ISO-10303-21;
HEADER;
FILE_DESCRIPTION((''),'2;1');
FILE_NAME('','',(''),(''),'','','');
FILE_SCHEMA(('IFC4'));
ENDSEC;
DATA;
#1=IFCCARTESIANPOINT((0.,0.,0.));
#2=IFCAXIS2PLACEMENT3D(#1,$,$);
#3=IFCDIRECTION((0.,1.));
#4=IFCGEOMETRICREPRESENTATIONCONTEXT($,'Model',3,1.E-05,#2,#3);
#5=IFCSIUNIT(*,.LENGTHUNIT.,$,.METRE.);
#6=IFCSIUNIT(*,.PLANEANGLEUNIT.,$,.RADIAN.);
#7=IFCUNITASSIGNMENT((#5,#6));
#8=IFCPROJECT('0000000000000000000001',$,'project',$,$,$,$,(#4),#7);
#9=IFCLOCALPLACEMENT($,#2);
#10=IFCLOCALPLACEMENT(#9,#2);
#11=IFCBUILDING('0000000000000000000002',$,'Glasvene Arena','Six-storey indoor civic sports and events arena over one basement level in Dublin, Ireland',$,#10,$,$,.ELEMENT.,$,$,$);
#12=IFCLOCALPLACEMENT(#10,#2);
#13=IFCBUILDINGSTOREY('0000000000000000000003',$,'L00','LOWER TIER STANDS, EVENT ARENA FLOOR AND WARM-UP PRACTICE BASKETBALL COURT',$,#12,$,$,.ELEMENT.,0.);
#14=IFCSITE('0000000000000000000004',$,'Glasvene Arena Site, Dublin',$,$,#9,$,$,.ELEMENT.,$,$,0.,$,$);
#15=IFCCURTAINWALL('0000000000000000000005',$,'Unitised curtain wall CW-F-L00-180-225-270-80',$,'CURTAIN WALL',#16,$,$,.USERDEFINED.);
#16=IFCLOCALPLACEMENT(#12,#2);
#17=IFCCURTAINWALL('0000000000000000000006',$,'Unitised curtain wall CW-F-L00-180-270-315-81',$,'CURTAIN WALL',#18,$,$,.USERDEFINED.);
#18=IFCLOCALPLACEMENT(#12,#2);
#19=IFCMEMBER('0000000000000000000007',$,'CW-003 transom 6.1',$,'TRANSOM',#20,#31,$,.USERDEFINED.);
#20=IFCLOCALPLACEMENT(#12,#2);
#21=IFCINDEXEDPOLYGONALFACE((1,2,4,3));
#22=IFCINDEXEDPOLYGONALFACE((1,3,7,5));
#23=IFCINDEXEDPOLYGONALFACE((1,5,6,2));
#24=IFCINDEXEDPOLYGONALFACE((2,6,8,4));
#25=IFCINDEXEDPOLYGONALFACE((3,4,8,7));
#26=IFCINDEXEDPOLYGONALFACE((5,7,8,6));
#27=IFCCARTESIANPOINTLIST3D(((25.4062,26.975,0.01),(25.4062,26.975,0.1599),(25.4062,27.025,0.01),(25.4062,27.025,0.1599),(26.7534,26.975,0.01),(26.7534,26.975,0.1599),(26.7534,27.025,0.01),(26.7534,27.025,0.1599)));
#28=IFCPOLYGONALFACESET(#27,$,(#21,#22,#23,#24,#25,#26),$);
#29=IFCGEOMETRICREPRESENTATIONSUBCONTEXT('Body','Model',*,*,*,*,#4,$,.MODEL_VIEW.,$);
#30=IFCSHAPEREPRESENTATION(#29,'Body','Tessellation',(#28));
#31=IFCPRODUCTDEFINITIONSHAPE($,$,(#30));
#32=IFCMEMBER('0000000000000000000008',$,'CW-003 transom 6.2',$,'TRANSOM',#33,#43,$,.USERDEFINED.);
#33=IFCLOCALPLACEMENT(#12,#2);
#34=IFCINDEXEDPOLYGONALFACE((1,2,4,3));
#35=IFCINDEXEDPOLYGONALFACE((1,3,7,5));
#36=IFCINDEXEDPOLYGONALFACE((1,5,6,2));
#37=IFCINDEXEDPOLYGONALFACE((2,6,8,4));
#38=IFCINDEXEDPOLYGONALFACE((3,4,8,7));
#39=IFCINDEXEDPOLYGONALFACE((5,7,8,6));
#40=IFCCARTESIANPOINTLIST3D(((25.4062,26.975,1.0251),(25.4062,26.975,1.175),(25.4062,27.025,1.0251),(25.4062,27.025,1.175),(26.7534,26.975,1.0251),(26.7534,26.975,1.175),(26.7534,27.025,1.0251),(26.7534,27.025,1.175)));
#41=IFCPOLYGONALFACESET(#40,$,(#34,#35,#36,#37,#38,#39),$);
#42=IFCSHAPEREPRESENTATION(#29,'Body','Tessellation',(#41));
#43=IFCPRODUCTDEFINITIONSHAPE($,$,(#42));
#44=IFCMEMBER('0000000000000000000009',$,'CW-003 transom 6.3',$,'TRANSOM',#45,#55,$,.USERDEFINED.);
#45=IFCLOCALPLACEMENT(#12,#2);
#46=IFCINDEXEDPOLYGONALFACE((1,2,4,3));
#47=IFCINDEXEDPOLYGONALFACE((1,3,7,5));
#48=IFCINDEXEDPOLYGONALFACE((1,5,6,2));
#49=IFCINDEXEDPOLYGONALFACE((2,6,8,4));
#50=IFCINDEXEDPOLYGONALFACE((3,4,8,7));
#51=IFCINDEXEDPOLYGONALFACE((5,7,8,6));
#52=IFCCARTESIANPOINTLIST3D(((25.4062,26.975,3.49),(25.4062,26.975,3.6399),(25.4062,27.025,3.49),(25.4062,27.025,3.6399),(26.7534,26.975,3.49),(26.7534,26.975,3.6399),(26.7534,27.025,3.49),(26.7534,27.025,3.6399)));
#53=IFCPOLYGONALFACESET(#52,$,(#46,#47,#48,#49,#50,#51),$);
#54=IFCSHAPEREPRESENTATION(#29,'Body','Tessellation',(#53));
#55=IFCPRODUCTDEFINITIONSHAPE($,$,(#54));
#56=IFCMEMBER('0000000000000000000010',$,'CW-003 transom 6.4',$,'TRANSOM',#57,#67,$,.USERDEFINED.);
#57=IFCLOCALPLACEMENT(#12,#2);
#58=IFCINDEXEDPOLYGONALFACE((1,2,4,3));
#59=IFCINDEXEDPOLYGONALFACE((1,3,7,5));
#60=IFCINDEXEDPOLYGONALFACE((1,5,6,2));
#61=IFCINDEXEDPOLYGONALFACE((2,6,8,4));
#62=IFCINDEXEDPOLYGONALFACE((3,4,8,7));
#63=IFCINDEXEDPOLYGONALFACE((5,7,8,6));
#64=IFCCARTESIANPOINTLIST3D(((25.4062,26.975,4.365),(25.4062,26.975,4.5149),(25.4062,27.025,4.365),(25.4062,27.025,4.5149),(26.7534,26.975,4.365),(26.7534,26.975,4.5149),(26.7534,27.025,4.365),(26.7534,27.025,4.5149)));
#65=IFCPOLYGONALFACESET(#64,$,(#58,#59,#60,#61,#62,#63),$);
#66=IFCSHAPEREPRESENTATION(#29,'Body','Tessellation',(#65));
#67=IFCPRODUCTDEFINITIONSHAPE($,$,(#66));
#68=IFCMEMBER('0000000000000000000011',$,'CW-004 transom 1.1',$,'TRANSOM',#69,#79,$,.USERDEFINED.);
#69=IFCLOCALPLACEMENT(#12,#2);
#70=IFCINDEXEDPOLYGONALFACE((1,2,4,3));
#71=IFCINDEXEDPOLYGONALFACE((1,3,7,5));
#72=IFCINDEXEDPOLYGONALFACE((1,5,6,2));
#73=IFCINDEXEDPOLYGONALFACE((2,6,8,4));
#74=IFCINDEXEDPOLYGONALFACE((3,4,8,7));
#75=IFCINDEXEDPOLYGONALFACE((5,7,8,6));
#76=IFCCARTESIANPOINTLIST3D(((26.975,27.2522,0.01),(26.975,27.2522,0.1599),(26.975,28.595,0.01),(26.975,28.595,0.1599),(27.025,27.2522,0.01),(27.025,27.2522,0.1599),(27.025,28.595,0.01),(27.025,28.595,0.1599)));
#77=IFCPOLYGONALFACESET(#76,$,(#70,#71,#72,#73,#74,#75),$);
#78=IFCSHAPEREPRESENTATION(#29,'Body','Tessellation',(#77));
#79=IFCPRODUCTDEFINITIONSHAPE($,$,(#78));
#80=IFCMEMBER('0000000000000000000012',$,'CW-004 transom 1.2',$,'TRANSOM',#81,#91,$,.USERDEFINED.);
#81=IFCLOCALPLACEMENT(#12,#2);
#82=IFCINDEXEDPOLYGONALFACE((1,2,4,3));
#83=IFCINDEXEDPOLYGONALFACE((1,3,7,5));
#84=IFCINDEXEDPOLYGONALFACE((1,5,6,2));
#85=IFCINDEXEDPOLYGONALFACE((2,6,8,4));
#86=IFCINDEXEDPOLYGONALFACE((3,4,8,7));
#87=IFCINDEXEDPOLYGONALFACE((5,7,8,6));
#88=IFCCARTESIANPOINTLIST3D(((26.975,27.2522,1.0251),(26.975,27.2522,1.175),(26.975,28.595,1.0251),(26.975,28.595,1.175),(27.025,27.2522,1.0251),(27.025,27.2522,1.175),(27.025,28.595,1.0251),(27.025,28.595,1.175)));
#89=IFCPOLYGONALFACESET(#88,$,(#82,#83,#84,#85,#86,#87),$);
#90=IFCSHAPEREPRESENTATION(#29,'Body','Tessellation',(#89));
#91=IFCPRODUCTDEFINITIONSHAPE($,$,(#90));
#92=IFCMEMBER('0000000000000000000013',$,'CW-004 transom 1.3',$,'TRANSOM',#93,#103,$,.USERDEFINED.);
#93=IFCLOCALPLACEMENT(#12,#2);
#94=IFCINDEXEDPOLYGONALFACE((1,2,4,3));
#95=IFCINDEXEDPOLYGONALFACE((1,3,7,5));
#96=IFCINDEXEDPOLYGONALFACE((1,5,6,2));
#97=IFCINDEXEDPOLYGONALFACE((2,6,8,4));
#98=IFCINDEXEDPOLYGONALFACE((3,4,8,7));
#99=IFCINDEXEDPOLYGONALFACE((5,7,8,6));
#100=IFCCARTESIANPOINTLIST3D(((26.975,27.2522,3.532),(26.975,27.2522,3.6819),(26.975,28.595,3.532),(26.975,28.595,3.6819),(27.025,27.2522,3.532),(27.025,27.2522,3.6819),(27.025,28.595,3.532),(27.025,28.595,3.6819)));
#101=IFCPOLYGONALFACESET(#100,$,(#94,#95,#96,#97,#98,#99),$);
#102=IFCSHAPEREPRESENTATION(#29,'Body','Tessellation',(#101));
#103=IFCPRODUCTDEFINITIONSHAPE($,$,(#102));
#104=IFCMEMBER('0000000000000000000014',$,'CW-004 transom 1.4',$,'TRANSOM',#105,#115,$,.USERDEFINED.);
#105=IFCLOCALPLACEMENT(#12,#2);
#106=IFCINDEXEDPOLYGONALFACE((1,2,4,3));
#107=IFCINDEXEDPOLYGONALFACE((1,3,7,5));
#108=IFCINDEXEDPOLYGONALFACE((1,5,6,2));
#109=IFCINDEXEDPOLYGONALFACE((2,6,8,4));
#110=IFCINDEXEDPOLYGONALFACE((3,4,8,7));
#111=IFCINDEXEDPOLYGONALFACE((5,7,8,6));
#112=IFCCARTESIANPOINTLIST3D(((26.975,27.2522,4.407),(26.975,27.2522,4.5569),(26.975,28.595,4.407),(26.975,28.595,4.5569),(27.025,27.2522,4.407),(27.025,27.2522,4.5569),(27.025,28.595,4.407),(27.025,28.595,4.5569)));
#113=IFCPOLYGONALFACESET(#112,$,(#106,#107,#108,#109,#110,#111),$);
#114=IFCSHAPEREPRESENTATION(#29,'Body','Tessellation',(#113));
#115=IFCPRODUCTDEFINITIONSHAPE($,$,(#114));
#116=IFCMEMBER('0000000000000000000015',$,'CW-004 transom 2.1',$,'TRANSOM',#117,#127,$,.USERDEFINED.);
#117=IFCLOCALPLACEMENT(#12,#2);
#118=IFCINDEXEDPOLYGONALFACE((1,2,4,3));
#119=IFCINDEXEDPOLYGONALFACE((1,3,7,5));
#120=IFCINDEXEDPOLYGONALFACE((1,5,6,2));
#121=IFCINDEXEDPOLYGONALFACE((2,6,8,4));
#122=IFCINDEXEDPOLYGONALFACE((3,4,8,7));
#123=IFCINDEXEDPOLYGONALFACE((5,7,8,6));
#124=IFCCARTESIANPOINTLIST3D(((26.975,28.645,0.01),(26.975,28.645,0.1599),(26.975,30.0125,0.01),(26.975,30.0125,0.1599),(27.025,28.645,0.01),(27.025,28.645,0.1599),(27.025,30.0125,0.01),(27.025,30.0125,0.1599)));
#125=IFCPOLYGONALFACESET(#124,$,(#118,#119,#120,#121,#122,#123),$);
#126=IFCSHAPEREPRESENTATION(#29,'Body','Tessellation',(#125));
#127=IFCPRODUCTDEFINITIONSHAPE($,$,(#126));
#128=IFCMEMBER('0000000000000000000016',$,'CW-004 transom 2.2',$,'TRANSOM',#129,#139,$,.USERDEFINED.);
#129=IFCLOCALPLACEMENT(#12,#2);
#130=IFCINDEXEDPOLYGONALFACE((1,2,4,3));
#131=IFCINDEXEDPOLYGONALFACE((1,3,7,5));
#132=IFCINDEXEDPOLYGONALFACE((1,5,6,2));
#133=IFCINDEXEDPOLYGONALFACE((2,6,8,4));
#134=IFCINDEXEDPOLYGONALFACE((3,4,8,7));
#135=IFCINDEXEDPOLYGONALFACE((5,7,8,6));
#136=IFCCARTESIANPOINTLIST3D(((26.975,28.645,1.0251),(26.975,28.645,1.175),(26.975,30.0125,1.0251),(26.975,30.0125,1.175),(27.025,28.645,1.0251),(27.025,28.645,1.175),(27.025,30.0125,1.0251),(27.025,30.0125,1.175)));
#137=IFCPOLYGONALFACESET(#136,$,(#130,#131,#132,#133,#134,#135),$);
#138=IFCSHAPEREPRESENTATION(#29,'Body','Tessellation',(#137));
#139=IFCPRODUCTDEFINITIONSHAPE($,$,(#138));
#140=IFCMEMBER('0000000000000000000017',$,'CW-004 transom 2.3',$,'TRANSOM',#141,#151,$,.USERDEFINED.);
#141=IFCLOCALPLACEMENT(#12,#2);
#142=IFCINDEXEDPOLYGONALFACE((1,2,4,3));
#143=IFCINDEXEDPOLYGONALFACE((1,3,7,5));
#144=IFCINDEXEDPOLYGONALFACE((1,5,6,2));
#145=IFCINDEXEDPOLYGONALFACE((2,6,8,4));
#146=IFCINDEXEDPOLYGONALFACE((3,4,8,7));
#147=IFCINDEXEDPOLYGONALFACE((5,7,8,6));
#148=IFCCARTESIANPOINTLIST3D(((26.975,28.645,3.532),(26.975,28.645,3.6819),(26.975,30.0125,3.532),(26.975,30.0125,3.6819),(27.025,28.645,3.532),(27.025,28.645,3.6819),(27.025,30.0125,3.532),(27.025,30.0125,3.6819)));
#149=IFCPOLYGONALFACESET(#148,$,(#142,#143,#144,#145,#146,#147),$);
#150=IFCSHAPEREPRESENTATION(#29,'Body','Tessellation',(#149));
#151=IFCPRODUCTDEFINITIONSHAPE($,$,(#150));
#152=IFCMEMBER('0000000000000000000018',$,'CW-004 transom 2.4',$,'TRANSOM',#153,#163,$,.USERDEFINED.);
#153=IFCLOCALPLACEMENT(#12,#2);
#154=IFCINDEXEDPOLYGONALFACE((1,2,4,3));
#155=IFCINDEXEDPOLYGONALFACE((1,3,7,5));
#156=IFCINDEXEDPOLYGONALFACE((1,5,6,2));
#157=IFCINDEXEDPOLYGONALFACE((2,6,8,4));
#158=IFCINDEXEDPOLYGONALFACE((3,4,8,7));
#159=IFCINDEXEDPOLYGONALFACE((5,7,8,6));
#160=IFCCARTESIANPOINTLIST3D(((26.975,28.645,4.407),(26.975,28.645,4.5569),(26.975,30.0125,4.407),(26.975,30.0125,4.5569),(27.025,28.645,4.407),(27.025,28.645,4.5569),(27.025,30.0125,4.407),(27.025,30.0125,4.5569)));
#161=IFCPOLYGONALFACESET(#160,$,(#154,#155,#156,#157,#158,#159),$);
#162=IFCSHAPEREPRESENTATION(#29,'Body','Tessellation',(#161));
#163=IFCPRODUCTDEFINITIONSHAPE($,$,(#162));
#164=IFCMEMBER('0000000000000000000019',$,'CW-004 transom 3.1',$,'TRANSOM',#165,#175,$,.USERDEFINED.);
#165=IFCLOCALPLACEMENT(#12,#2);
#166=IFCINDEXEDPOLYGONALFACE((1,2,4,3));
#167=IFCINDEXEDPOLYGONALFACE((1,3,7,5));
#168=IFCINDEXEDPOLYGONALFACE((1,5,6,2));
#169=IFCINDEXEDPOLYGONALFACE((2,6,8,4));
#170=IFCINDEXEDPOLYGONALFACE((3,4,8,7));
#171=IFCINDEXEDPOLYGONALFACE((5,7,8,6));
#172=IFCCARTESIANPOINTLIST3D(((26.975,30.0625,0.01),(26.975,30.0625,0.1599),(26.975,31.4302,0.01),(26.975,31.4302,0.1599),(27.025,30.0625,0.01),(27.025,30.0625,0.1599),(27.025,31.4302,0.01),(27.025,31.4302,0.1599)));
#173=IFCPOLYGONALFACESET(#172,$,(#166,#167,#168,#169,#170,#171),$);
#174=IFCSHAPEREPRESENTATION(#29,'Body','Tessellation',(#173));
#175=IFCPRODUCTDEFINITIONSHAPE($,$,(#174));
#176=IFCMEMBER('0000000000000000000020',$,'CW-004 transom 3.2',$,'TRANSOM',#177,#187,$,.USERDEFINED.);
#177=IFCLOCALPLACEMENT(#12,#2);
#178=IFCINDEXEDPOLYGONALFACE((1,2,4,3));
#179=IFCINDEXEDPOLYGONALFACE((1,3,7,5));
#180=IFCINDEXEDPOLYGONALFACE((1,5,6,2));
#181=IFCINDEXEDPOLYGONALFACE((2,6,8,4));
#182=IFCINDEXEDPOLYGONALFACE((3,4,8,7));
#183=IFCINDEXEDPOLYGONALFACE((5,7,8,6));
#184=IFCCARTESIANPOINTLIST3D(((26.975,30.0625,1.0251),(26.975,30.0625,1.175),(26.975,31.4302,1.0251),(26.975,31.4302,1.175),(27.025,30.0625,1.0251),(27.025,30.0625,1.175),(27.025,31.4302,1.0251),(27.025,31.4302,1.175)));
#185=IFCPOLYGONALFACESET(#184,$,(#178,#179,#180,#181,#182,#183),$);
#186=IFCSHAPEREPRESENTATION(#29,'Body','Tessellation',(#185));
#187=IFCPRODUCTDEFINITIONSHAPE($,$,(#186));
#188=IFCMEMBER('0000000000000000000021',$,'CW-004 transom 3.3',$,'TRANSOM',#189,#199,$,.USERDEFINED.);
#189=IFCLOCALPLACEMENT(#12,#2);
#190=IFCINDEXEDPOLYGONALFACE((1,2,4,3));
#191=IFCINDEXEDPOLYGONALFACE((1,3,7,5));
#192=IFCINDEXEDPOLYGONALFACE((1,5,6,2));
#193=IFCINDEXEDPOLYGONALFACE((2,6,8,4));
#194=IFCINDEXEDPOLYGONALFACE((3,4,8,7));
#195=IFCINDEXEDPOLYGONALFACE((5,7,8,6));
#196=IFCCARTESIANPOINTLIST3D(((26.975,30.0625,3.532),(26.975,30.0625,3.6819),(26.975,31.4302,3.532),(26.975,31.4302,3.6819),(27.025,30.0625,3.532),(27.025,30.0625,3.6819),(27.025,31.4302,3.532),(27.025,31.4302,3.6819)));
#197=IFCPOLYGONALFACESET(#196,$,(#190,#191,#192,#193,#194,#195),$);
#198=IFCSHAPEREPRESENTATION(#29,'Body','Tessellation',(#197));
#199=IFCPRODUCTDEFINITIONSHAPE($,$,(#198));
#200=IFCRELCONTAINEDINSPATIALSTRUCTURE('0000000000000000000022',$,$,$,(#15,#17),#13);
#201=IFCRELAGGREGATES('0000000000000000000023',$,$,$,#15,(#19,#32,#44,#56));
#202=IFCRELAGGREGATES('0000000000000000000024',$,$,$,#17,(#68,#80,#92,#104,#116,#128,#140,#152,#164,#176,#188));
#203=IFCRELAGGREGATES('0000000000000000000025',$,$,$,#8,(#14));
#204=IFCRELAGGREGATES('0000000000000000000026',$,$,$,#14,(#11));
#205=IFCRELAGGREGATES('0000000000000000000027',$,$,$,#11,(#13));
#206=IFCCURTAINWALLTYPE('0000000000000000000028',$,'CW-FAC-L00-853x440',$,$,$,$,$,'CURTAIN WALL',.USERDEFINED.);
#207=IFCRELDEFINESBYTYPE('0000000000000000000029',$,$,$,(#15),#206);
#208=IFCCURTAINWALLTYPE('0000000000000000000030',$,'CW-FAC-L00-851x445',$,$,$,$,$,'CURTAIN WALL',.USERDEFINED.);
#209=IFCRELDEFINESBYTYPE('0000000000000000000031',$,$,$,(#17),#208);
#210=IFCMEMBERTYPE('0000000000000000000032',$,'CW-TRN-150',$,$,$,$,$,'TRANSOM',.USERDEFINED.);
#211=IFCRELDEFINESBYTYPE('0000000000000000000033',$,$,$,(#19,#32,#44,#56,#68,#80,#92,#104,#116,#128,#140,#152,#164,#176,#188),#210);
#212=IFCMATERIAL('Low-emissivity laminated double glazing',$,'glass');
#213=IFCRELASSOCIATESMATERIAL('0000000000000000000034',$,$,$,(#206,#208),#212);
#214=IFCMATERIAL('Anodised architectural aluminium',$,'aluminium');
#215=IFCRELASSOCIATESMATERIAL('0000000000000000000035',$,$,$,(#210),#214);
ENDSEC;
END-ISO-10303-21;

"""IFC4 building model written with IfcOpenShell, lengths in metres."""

from ifc_helpers import new_model, si_unit, direction, frame, origin, origin_2d, place, context, subcontext, project, spatial, rectangle, extrude, material, material_profile, profile_set, type_object, element, aggregate, save


model = new_model("IFC4")

# Units and contexts
model_context = context("Model", 3, precision=1e-05, world=origin(), true_north=direction((0.0, 1.0)))
body_context = subcontext(model_context, "Body", "Model", "MODEL_VIEW")
ifc_project = project(units=[si_unit("LENGTHUNIT", "METRE"), si_unit("PLANEANGLEUNIT", "RADIAN")], contexts=[model_context])

# Site, building, storey
site_placement = place(None, origin())
site = spatial("IfcSite", under=ifc_project, at=site_placement, Name="Glasvene Arena Site, Dublin", CompositionType="ELEMENT", RefElevation=0.0)
building_placement = place(site_placement, origin())
building = spatial("IfcBuilding", under=site, at=building_placement, Name="Glasvene Arena", Description="Six-storey indoor civic sports and events arena over one basement level in Dublin, Ireland", CompositionType="ELEMENT")
storey_placement = place(building_placement, origin())
storey = spatial("IfcBuildingStorey", under=building, at=storey_placement, Name="L00", Description="LOWER TIER STANDS, EVENT ARENA FLOOR AND WARM-UP PRACTICE BASKETBALL COURT", CompositionType="ELEMENT", Elevation=0.0)

# Curtain walls
ifc_material_1 = material(Name="Low-emissivity laminated double glazing", Category="glass")
curtain_wall_type_1 = type_object("IfcCurtainWallType", Name="CW-FAC-L00-853x440", ElementType="CURTAIN WALL", PredefinedType="USERDEFINED", material=ifc_material_1)
curtain_wall_1_placement = place(storey_placement, frame((18.2705, 27.0, 0.0)))
curtain_wall_1 = element("IfcCurtainWall", 1, at=curtain_wall_1_placement, inside=storey, type_object=curtain_wall_type_1, Name="Unitised curtain wall CW-F-L00-180-225-270-80", ObjectType="CURTAIN WALL", PredefinedType="USERDEFINED")
ifc_material_2 = material(Name="Anodised architectural aluminium", Category="aluminium")
curtain_wall_type_2 = type_object("IfcCurtainWallType", Name="CW-FAC-L00-851x445", ElementType="CURTAIN WALL", PredefinedType="USERDEFINED", material=ifc_material_1)
curtain_wall_2_placement = place(storey_placement, frame((27.0, 27.2024, 0.0)))
curtain_wall_2 = element("IfcCurtainWall", 2, at=curtain_wall_2_placement, inside=storey, type_object=curtain_wall_type_2, Name="Unitised curtain wall CW-F-L00-180-270-315-81", ObjectType="CURTAIN WALL", PredefinedType="USERDEFINED")

# Members
ifc_material_profile_1 = material_profile(ifc_material_2, rectangle(XDim=0.05, YDim=0.1499, at=origin_2d()), Name="ALU TRANSOM 50x150")
ifc_profile_set_1 = profile_set([ifc_material_profile_1], Name="Anodised architectural aluminium")
member_type_1 = type_object("IfcMemberType", Name="CW-TRN-150", ElementType="TRANSOM", PredefinedType="USERDEFINED", material=ifc_profile_set_1)
member_1_placement = place(storey_placement, frame((25.4062, 27.0, 0.085), z_axis=(1.0, 0.0, 0.0), x_axis=(0.0, 1.0, 0.0)))
member_1 = element("IfcMember", 3, at=member_1_placement, type_object=member_type_1, Name="CW-003 transom 6.1", ObjectType="TRANSOM", PredefinedType="USERDEFINED", context=body_context, shape_type="SweptSolid", body=[
    extrude(rectangle(XDim=0.05, YDim=0.1499, at=origin_2d()), origin(), (0.0, 0.0, 1.0), 1.3472),
])
member_2_placement = place(storey_placement, frame((25.4062, 27.0, 1.1001), z_axis=(1.0, 0.0, 0.0), x_axis=(0.0, 1.0, 0.0)))
member_2 = element("IfcMember", 4, at=member_2_placement, type_object=member_type_1, Name="CW-003 transom 6.2", ObjectType="TRANSOM", PredefinedType="USERDEFINED", context=body_context, shape_type="SweptSolid", body=[
    extrude(rectangle(XDim=0.05, YDim=0.1499, at=origin_2d()), origin(), (0.0, 0.0, 1.0), 1.3472),
])
member_3_placement = place(storey_placement, frame((25.4062, 27.0, 3.5649), z_axis=(1.0, 0.0, 0.0), x_axis=(0.0, 1.0, 0.0)))
member_3 = element("IfcMember", 5, at=member_3_placement, type_object=member_type_1, Name="CW-003 transom 6.3", ObjectType="TRANSOM", PredefinedType="USERDEFINED", context=body_context, shape_type="SweptSolid", body=[
    extrude(rectangle(XDim=0.05, YDim=0.1499, at=origin_2d()), origin(), (0.0, 0.0, 1.0), 1.3472),
])
member_4_placement = place(storey_placement, frame((25.4062, 27.0, 4.4399), z_axis=(1.0, 0.0, 0.0), x_axis=(0.0, 1.0, 0.0)))
member_4 = element("IfcMember", 6, at=member_4_placement, type_object=member_type_1, Name="CW-003 transom 6.4", ObjectType="TRANSOM", PredefinedType="USERDEFINED", context=body_context, shape_type="SweptSolid", body=[
    extrude(rectangle(XDim=0.05, YDim=0.1499, at=origin_2d()), origin(), (0.0, 0.0, 1.0), 1.3472),
])
member_5_placement = place(storey_placement, frame((27.0, 27.2522, 0.085), z_axis=(0.0, 1.0, 0.0), x_axis=(-1.0, 0.0, 0.0)))
member_5 = element("IfcMember", 7, at=member_5_placement, type_object=member_type_1, Name="CW-004 transom 1.1", ObjectType="TRANSOM", PredefinedType="USERDEFINED", context=body_context, shape_type="SweptSolid", body=[
    extrude(rectangle(XDim=0.05, YDim=0.1499, at=origin_2d()), origin(), (0.0, 0.0, 1.0), 1.3428),
])
member_6_placement = place(storey_placement, frame((27.0, 27.2522, 1.1001), z_axis=(0.0, 1.0, 0.0), x_axis=(-1.0, 0.0, 0.0)))
member_6 = element("IfcMember", 8, at=member_6_placement, type_object=member_type_1, Name="CW-004 transom 1.2", ObjectType="TRANSOM", PredefinedType="USERDEFINED", context=body_context, shape_type="SweptSolid", body=[
    extrude(rectangle(XDim=0.05, YDim=0.1499, at=origin_2d()), origin(), (0.0, 0.0, 1.0), 1.3428),
])
member_7_placement = place(storey_placement, frame((27.0, 27.2522, 3.6069), z_axis=(0.0, 1.0, 0.0), x_axis=(-1.0, 0.0, 0.0)))
member_7 = element("IfcMember", 9, at=member_7_placement, type_object=member_type_1, Name="CW-004 transom 1.3", ObjectType="TRANSOM", PredefinedType="USERDEFINED", context=body_context, shape_type="SweptSolid", body=[
    extrude(rectangle(XDim=0.05, YDim=0.1499, at=origin_2d()), origin(), (0.0, 0.0, 1.0), 1.3428),
])
member_8_placement = place(storey_placement, frame((27.0, 27.2522, 4.4819), z_axis=(0.0, 1.0, 0.0), x_axis=(-1.0, 0.0, 0.0)))
member_8 = element("IfcMember", 10, at=member_8_placement, type_object=member_type_1, Name="CW-004 transom 1.4", ObjectType="TRANSOM", PredefinedType="USERDEFINED", context=body_context, shape_type="SweptSolid", body=[
    extrude(rectangle(XDim=0.05, YDim=0.1499, at=origin_2d()), origin(), (0.0, 0.0, 1.0), 1.3428),
])
member_9_placement = place(storey_placement, frame((27.0, 28.645, 0.085), z_axis=(0.0, 1.0, 0.0), x_axis=(-1.0, 0.0, 0.0)))
member_9 = element("IfcMember", 11, at=member_9_placement, type_object=member_type_1, Name="CW-004 transom 2.1", ObjectType="TRANSOM", PredefinedType="USERDEFINED", context=body_context, shape_type="SweptSolid", body=[
    extrude(rectangle(XDim=0.05, YDim=0.1499, at=origin_2d()), origin(), (0.0, 0.0, 1.0), 1.3674),
])
member_10_placement = place(storey_placement, frame((27.0, 28.645, 1.1001), z_axis=(0.0, 1.0, 0.0), x_axis=(-1.0, 0.0, 0.0)))
member_10 = element("IfcMember", 12, at=member_10_placement, type_object=member_type_1, Name="CW-004 transom 2.2", ObjectType="TRANSOM", PredefinedType="USERDEFINED", context=body_context, shape_type="SweptSolid", body=[
    extrude(rectangle(XDim=0.05, YDim=0.1499, at=origin_2d()), origin(), (0.0, 0.0, 1.0), 1.3674),
])
member_11_placement = place(storey_placement, frame((27.0, 28.645, 3.6069), z_axis=(0.0, 1.0, 0.0), x_axis=(-1.0, 0.0, 0.0)))
member_11 = element("IfcMember", 13, at=member_11_placement, type_object=member_type_1, Name="CW-004 transom 2.3", ObjectType="TRANSOM", PredefinedType="USERDEFINED", context=body_context, shape_type="SweptSolid", body=[
    extrude(rectangle(XDim=0.05, YDim=0.1499, at=origin_2d()), origin(), (0.0, 0.0, 1.0), 1.3674),
])
member_12_placement = place(storey_placement, frame((27.0, 28.645, 4.4819), z_axis=(0.0, 1.0, 0.0), x_axis=(-1.0, 0.0, 0.0)))
member_12 = element("IfcMember", 14, at=member_12_placement, type_object=member_type_1, Name="CW-004 transom 2.4", ObjectType="TRANSOM", PredefinedType="USERDEFINED", context=body_context, shape_type="SweptSolid", body=[
    extrude(rectangle(XDim=0.05, YDim=0.1499, at=origin_2d()), origin(), (0.0, 0.0, 1.0), 1.3674),
])
member_13_placement = place(storey_placement, frame((27.0, 30.0625, 0.085), z_axis=(0.0, 1.0, 0.0), x_axis=(-1.0, 0.0, 0.0)))
member_13 = element("IfcMember", 15, at=member_13_placement, type_object=member_type_1, Name="CW-004 transom 3.1", ObjectType="TRANSOM", PredefinedType="USERDEFINED", context=body_context, shape_type="SweptSolid", body=[
    extrude(rectangle(XDim=0.05, YDim=0.1499, at=origin_2d()), origin(), (0.0, 0.0, 1.0), 1.3677),
])
member_14_placement = place(storey_placement, frame((27.0, 30.0625, 1.1001), z_axis=(0.0, 1.0, 0.0), x_axis=(-1.0, 0.0, 0.0)))
member_14 = element("IfcMember", 16, at=member_14_placement, type_object=member_type_1, Name="CW-004 transom 3.2", ObjectType="TRANSOM", PredefinedType="USERDEFINED", context=body_context, shape_type="SweptSolid", body=[
    extrude(rectangle(XDim=0.05, YDim=0.1499, at=origin_2d()), origin(), (0.0, 0.0, 1.0), 1.3677),
])
member_15_placement = place(storey_placement, frame((27.0, 30.0625, 3.6069), z_axis=(0.0, 1.0, 0.0), x_axis=(-1.0, 0.0, 0.0)))
member_15 = element("IfcMember", 17, at=member_15_placement, type_object=member_type_1, Name="CW-004 transom 3.3", ObjectType="TRANSOM", PredefinedType="USERDEFINED", context=body_context, shape_type="SweptSolid", body=[
    extrude(rectangle(XDim=0.05, YDim=0.1499, at=origin_2d()), origin(), (0.0, 0.0, 1.0), 1.3677),
])

aggregate(curtain_wall_1, [member_1, member_2, member_3, member_4])
aggregate(curtain_wall_2, [member_5, member_6, member_7, member_8, member_9, member_10, member_11, member_12, member_13, member_14, member_15])

save(model, "model.ifc")
